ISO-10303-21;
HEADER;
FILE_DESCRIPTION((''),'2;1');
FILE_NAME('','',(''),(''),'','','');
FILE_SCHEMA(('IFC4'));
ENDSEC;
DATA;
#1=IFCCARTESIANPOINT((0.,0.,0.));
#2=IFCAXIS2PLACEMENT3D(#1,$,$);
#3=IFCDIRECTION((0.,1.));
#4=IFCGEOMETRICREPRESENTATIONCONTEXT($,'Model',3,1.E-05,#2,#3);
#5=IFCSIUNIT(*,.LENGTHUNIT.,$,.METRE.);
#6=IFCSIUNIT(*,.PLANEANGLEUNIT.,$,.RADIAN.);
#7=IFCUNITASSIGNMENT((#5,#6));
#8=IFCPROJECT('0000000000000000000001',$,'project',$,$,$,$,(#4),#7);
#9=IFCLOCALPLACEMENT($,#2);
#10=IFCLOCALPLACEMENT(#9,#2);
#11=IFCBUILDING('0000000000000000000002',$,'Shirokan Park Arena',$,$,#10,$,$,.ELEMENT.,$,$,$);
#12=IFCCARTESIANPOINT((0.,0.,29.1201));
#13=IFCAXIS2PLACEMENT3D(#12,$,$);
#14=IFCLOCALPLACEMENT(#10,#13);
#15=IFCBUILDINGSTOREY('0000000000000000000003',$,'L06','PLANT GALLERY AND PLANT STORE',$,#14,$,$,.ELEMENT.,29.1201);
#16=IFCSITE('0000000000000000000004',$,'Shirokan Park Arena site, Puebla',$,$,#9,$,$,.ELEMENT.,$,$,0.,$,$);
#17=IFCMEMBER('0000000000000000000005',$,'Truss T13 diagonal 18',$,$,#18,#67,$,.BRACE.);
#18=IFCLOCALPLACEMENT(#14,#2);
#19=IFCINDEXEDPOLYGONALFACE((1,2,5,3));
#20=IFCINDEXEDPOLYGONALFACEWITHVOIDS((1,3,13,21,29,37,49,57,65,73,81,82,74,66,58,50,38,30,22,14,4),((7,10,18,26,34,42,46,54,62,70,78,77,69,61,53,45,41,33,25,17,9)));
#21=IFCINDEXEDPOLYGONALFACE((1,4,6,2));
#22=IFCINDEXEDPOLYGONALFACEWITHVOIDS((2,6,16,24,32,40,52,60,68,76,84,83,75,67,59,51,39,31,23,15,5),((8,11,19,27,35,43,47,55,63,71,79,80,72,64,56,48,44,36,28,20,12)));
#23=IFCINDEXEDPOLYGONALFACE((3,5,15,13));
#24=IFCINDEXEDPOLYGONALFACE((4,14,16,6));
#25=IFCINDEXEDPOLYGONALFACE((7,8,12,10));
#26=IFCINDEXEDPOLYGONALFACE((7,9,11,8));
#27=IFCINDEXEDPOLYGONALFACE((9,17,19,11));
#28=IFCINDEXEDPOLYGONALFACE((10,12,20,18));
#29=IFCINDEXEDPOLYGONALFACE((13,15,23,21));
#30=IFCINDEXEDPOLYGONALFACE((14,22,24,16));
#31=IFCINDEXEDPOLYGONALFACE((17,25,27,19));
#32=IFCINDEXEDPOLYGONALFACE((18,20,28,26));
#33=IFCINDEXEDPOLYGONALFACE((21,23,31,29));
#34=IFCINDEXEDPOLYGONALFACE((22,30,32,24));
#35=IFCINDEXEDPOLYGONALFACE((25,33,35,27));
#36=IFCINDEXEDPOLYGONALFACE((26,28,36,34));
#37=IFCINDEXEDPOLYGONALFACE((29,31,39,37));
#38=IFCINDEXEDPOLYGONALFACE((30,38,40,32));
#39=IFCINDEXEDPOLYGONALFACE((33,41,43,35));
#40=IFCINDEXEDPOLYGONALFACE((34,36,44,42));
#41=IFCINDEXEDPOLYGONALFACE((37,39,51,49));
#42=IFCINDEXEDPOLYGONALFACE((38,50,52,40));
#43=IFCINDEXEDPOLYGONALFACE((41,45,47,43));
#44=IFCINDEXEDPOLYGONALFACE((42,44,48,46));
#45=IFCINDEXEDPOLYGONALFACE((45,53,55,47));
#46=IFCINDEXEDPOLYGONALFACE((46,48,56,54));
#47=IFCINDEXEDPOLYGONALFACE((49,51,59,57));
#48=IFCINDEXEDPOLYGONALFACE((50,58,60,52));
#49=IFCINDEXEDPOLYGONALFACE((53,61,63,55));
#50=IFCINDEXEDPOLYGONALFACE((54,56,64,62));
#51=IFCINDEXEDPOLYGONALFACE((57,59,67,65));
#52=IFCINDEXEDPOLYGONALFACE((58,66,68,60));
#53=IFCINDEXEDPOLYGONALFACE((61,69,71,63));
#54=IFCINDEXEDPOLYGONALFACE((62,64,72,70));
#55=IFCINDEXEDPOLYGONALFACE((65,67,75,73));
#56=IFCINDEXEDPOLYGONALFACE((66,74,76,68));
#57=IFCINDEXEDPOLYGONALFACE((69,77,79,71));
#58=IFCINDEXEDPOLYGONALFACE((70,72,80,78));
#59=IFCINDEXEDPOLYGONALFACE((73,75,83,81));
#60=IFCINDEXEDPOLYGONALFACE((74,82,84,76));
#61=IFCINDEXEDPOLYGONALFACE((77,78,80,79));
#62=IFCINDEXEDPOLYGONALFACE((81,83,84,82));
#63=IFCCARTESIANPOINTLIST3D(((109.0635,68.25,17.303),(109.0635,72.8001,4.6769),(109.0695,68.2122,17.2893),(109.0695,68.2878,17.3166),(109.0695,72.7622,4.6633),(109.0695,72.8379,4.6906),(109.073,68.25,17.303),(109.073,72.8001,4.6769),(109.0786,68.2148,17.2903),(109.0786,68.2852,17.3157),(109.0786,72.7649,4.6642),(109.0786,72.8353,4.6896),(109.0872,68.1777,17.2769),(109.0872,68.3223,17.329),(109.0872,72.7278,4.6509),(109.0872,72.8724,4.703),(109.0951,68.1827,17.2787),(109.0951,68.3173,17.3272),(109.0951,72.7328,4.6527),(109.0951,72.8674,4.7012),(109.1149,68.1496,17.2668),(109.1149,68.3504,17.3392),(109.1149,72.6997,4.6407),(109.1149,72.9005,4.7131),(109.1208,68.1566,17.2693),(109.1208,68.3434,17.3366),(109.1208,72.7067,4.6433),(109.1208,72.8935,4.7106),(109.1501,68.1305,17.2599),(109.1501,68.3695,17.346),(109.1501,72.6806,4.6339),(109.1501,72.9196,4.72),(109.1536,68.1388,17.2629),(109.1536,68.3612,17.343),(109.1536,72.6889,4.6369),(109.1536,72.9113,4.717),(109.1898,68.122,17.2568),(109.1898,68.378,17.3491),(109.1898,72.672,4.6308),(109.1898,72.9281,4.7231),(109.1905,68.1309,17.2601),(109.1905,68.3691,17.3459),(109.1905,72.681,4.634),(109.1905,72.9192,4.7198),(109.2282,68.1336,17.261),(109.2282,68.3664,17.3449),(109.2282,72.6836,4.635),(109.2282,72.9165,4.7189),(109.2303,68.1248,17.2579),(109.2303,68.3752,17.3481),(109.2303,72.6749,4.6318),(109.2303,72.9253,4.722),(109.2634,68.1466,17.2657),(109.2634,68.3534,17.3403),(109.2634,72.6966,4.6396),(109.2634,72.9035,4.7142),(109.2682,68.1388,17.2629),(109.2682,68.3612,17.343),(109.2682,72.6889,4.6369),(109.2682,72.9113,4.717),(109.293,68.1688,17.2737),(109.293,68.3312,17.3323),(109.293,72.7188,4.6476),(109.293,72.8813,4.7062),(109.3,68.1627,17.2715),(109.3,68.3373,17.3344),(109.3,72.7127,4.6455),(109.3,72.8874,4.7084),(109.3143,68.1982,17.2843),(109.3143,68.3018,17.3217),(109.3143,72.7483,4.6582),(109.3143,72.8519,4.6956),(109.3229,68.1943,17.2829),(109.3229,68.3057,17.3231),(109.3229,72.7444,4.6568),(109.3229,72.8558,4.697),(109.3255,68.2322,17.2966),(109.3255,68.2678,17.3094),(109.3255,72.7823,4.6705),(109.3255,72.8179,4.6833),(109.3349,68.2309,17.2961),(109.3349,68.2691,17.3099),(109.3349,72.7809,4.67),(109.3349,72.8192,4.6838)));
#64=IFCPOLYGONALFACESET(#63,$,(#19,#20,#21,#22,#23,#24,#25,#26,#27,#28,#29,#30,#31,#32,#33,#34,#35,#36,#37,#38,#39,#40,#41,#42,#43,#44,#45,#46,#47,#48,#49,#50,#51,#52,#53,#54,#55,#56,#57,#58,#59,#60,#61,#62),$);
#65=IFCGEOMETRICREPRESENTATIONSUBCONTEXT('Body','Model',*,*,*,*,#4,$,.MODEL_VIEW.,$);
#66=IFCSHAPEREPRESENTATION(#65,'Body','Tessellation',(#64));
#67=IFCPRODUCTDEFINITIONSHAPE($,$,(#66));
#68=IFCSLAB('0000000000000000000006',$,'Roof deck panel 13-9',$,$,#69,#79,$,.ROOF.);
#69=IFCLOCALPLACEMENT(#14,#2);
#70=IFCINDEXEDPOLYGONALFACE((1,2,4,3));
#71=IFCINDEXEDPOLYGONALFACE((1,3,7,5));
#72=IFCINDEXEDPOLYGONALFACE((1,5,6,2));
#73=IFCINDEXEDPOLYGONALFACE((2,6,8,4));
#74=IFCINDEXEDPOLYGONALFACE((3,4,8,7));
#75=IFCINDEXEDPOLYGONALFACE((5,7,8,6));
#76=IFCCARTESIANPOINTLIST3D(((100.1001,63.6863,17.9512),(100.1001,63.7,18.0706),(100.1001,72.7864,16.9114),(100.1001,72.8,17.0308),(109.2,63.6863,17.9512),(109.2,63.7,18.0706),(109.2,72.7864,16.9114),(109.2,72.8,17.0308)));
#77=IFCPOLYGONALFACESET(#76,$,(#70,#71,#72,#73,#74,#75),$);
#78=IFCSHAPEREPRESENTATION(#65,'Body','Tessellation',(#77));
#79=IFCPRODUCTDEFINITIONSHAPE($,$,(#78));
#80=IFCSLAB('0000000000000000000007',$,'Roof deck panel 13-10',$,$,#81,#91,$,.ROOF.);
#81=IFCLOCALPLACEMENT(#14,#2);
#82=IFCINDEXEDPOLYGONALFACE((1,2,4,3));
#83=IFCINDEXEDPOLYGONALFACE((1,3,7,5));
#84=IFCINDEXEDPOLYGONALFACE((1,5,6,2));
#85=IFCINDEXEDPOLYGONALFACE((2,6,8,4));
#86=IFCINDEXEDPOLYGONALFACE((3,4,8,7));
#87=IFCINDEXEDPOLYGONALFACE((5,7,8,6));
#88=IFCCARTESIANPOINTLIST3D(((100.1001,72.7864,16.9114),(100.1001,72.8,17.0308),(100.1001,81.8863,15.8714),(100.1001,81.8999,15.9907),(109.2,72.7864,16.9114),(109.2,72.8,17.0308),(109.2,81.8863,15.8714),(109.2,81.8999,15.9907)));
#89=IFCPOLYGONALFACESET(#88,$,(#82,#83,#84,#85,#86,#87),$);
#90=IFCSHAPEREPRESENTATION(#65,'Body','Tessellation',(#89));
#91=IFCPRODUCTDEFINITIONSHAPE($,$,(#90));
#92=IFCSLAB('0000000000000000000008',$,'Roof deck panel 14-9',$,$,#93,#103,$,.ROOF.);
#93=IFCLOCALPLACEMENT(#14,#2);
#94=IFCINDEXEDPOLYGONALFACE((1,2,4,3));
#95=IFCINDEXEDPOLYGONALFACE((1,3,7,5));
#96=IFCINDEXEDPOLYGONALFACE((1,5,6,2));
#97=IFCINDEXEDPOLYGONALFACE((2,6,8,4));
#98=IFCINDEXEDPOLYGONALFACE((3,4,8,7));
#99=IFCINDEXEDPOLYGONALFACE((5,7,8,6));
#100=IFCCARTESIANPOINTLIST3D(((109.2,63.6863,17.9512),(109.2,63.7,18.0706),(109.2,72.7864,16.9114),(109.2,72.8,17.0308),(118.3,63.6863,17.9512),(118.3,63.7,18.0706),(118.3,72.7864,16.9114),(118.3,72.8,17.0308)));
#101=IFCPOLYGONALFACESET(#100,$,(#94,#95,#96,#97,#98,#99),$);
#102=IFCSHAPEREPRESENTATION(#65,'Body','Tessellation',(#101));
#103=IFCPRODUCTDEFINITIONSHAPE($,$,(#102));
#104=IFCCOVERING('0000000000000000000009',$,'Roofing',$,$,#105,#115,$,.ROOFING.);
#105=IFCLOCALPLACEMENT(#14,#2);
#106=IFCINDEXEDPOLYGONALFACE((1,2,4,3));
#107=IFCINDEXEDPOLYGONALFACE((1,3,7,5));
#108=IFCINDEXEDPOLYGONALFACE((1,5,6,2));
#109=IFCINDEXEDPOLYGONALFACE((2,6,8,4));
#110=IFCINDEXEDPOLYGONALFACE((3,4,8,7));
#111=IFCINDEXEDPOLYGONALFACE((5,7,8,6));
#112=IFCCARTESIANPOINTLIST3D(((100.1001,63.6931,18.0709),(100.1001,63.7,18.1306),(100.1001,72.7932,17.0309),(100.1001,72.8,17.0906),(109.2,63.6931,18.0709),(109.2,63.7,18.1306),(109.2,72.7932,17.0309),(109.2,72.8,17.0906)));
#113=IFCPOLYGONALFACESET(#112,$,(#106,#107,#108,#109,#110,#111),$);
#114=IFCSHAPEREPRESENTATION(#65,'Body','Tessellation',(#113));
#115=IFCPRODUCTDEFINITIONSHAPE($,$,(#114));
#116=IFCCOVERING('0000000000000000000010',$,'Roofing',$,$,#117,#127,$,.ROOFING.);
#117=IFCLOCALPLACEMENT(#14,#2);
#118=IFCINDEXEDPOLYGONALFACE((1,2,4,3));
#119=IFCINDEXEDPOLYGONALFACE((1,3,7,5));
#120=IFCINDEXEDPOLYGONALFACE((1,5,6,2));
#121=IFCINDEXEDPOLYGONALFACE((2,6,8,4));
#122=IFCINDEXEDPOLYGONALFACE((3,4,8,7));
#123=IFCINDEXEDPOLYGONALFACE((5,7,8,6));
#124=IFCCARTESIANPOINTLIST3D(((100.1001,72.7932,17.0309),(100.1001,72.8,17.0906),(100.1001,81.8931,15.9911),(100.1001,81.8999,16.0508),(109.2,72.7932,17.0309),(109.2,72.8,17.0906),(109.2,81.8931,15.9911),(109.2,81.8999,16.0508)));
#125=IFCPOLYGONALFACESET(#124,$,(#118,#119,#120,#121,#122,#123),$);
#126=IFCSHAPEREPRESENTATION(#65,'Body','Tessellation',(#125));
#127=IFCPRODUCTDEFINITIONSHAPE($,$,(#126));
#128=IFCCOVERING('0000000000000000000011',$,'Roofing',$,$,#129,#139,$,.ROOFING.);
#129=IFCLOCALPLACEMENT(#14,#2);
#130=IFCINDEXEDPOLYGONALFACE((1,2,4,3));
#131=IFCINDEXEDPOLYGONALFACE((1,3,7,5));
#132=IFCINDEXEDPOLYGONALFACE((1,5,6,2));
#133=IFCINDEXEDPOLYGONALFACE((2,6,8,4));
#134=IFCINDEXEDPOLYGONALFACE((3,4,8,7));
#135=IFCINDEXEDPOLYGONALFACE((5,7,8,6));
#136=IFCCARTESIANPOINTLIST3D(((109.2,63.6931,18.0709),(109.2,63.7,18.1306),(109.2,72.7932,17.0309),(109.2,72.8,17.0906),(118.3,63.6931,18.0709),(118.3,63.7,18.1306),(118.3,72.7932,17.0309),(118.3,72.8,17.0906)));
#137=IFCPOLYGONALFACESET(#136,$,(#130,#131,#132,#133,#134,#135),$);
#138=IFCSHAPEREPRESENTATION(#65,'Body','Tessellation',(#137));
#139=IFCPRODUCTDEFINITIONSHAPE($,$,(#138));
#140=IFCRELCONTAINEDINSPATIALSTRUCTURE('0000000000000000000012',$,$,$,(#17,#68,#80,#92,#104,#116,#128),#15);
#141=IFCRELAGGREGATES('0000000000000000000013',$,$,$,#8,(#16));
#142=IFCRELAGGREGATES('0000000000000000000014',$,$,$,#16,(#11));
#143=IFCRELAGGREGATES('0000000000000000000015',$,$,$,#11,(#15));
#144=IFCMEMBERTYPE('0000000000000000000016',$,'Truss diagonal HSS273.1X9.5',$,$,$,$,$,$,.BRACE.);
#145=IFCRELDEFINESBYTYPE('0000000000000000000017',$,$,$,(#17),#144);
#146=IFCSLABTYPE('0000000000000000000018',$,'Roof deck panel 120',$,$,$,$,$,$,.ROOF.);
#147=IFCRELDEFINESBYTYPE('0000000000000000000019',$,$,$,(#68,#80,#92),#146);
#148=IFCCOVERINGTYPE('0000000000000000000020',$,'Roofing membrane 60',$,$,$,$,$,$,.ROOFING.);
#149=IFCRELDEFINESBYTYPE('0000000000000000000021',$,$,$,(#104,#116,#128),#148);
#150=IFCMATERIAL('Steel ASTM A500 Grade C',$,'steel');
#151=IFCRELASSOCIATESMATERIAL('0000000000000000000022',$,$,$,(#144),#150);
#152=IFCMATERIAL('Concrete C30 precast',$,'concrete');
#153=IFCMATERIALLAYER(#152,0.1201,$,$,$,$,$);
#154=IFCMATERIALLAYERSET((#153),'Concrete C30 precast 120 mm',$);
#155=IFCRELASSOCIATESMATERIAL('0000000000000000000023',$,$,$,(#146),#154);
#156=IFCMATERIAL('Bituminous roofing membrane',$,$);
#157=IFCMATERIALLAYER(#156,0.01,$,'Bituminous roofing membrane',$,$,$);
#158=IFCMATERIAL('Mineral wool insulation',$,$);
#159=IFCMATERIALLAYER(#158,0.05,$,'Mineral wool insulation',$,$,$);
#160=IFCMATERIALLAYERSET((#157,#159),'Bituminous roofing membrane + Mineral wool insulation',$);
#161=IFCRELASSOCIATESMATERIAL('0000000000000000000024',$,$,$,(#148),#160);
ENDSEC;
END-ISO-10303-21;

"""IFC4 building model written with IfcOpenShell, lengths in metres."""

from ifc_helpers import new_model, si_unit, direction, frame, origin, origin_2d, place, context, subcontext, project, spatial, polyline, hollow_circle, outline, extrude, material, layer, layer_set, material_profile, profile_set, type_object, element, save


model = new_model("IFC4")

# Units and contexts
model_context = context("Model", 3, precision=1e-05, world=origin(), true_north=direction((0.0, 1.0)))
body_context = subcontext(model_context, "Body", "Model", "MODEL_VIEW")
ifc_project = project(units=[si_unit("LENGTHUNIT", "METRE"), si_unit("PLANEANGLEUNIT", "RADIAN")], contexts=[model_context])

# Site, building, storey
site_placement = place(None, origin())
site = spatial("IfcSite", under=ifc_project, at=site_placement, Name="Shirokan Park Arena site, Puebla", CompositionType="ELEMENT", RefElevation=0.0)
building_placement = place(site_placement, origin())
building = spatial("IfcBuilding", under=site, at=building_placement, Name="Shirokan Park Arena", CompositionType="ELEMENT")
storey_placement = place(building_placement, frame((0.0, 0.0, 29.1201)))
storey = spatial("IfcBuildingStorey", under=building, at=storey_placement, Name="L06", Description="PLANT GALLERY AND PLANT STORE", CompositionType="ELEMENT", Elevation=29.1201)

# Member
ifc_material_1 = material(Name="Steel ASTM A500 Grade C", Category="steel")
ifc_material_profile_1 = material_profile(ifc_material_1, hollow_circle(Radius=0.1365, WallThickness=0.0095, at=origin_2d()), Name="HSS273.1X9.5")
ifc_profile_set_1 = profile_set([ifc_material_profile_1], Name="Steel ASTM A500 Grade C")
member_type_1 = type_object("IfcMemberType", Name="Truss diagonal HSS273.1X9.5", PredefinedType="BRACE", material=ifc_profile_set_1)
member_1_placement = place(storey_placement, frame((109.2, 68.25, 17.303), z_axis=(0.0, 0.339029, -0.940776), x_axis=(-1.0, 0.0, 0.0)))
element("IfcMember", 1, at=member_1_placement, inside=storey, type_object=member_type_1, Name="Truss T13 diagonal 18", PredefinedType="BRACE", context=body_context, shape_type="SweptSolid", body=[
    extrude(hollow_circle(Radius=0.1365, WallThickness=0.0095, at=origin_2d()), origin(), (0.0, 0.0, 1.0), 13.4209),
])

# Slabs
ifc_material_2 = material(Name="Concrete C30 precast", Category="concrete")
ifc_layer_1 = layer(ifc_material_2, 0.1201)
ifc_layer_set_1 = layer_set([ifc_layer_1], Name="Concrete C30 precast 120 mm")
slab_type = type_object("IfcSlabType", Name="Roof deck panel 120", PredefinedType="ROOF", material=ifc_layer_set_1)
slab_1_placement = place(storey_placement, frame((100.1001, 63.7, 18.0706), z_axis=(0.0, 0.113523, 0.993535), x_axis=(1.0, 0.0, 0.0)))
element("IfcSlab", 2, at=slab_1_placement, inside=storey, type_object=slab_type, Name="Roof deck panel 13-9", PredefinedType="ROOF", context=body_context, shape_type="SweptSolid", body=[
    extrude(outline(polyline([(0.0, 0.0), (9.0999, 0.0), (9.0999, 9.1593), (0.0, 9.1593), (0.0, 0.0)])), origin(), (0.0, 0.0, -1.0), 0.1201),
])
slab_2_placement = place(storey_placement, frame((100.1001, 72.8, 17.0308), z_axis=(0.0, 0.113553, 0.993532), x_axis=(1.0, 0.0, 0.0)))
element("IfcSlab", 3, at=slab_2_placement, inside=storey, type_object=slab_type, Name="Roof deck panel 13-10", PredefinedType="ROOF", context=body_context, shape_type="SweptSolid", body=[
    extrude(outline(polyline([(0.0, 0.0), (9.0999, 0.0), (9.0999, 9.1591), (0.0, 9.1591), (0.0, 0.0)])), origin(), (0.0, 0.0, -1.0), 0.1201),
])
slab_3_placement = place(storey_placement, frame((109.2, 63.7, 18.0706), z_axis=(0.0, 0.113523, 0.993535), x_axis=(1.0, 0.0, 0.0)))
element("IfcSlab", 4, at=slab_3_placement, inside=storey, type_object=slab_type, Name="Roof deck panel 14-9", PredefinedType="ROOF", context=body_context, shape_type="SweptSolid", body=[
    extrude(outline(polyline([(0.0, 0.0), (9.1001, 0.0), (9.1001, 9.1593), (0.0, 9.1593), (0.0, 0.0)])), origin(), (0.0, 0.0, -1.0), 0.1201),
])

# Coverings
ifc_material_3 = material(Name="Bituminous roofing membrane")
ifc_layer_2 = layer(ifc_material_3, 0.01, Name="Bituminous roofing membrane")
ifc_material_4 = material(Name="Mineral wool insulation")
ifc_layer_3 = layer(ifc_material_4, 0.05, Name="Mineral wool insulation")
ifc_layer_set_2 = layer_set([ifc_layer_2, ifc_layer_3], Name="Bituminous roofing membrane + Mineral wool insulation")
covering_type = type_object("IfcCoveringType", Name="Roofing membrane 60", PredefinedType="ROOFING", material=ifc_layer_set_2)
covering_1_placement = place(storey_placement, frame((100.1001, 63.7, 18.1306), z_axis=(0.0, 0.11355, 0.993532), x_axis=(1.0, 0.0, 0.0)))
element("IfcCovering", 5, at=covering_1_placement, inside=storey, type_object=covering_type, Name="Roofing", PredefinedType="ROOFING", context=body_context, shape_type="SweptSolid", body=[
    extrude(outline(polyline([(0.0, 0.0), (9.0999, 0.0), (9.0999, 9.1593), (0.0, 9.1593), (0.0, 0.0)])), origin(), (0.0, 0.0, -1.0), 0.0601),
])
covering_2_placement = place(storey_placement, frame((100.1001, 72.8, 17.0906), z_axis=(0.0, 0.113526, 0.993535), x_axis=(1.0, 0.0, 0.0)))
element("IfcCovering", 6, at=covering_2_placement, inside=storey, type_object=covering_type, Name="Roofing", PredefinedType="ROOFING", context=body_context, shape_type="SweptSolid", body=[
    extrude(outline(polyline([(0.0, 0.0), (9.0999, 0.0), (9.0999, 9.1591), (0.0, 9.1591), (0.0, 0.0)])), origin(), (0.0, 0.0, -1.0), 0.0601),
])
covering_3_placement = place(storey_placement, frame((109.2, 63.7, 18.1306), z_axis=(0.0, 0.11355, 0.993532), x_axis=(1.0, 0.0, 0.0)))
element("IfcCovering", 7, at=covering_3_placement, inside=storey, type_object=covering_type, Name="Roofing", PredefinedType="ROOFING", context=body_context, shape_type="SweptSolid", body=[
    extrude(outline(polyline([(0.0, 0.0), (9.1001, 0.0), (9.1001, 9.1593), (0.0, 9.1593), (0.0, 0.0)])), origin(), (0.0, 0.0, -1.0), 0.0601),
])

save(model, "model.ifc")
